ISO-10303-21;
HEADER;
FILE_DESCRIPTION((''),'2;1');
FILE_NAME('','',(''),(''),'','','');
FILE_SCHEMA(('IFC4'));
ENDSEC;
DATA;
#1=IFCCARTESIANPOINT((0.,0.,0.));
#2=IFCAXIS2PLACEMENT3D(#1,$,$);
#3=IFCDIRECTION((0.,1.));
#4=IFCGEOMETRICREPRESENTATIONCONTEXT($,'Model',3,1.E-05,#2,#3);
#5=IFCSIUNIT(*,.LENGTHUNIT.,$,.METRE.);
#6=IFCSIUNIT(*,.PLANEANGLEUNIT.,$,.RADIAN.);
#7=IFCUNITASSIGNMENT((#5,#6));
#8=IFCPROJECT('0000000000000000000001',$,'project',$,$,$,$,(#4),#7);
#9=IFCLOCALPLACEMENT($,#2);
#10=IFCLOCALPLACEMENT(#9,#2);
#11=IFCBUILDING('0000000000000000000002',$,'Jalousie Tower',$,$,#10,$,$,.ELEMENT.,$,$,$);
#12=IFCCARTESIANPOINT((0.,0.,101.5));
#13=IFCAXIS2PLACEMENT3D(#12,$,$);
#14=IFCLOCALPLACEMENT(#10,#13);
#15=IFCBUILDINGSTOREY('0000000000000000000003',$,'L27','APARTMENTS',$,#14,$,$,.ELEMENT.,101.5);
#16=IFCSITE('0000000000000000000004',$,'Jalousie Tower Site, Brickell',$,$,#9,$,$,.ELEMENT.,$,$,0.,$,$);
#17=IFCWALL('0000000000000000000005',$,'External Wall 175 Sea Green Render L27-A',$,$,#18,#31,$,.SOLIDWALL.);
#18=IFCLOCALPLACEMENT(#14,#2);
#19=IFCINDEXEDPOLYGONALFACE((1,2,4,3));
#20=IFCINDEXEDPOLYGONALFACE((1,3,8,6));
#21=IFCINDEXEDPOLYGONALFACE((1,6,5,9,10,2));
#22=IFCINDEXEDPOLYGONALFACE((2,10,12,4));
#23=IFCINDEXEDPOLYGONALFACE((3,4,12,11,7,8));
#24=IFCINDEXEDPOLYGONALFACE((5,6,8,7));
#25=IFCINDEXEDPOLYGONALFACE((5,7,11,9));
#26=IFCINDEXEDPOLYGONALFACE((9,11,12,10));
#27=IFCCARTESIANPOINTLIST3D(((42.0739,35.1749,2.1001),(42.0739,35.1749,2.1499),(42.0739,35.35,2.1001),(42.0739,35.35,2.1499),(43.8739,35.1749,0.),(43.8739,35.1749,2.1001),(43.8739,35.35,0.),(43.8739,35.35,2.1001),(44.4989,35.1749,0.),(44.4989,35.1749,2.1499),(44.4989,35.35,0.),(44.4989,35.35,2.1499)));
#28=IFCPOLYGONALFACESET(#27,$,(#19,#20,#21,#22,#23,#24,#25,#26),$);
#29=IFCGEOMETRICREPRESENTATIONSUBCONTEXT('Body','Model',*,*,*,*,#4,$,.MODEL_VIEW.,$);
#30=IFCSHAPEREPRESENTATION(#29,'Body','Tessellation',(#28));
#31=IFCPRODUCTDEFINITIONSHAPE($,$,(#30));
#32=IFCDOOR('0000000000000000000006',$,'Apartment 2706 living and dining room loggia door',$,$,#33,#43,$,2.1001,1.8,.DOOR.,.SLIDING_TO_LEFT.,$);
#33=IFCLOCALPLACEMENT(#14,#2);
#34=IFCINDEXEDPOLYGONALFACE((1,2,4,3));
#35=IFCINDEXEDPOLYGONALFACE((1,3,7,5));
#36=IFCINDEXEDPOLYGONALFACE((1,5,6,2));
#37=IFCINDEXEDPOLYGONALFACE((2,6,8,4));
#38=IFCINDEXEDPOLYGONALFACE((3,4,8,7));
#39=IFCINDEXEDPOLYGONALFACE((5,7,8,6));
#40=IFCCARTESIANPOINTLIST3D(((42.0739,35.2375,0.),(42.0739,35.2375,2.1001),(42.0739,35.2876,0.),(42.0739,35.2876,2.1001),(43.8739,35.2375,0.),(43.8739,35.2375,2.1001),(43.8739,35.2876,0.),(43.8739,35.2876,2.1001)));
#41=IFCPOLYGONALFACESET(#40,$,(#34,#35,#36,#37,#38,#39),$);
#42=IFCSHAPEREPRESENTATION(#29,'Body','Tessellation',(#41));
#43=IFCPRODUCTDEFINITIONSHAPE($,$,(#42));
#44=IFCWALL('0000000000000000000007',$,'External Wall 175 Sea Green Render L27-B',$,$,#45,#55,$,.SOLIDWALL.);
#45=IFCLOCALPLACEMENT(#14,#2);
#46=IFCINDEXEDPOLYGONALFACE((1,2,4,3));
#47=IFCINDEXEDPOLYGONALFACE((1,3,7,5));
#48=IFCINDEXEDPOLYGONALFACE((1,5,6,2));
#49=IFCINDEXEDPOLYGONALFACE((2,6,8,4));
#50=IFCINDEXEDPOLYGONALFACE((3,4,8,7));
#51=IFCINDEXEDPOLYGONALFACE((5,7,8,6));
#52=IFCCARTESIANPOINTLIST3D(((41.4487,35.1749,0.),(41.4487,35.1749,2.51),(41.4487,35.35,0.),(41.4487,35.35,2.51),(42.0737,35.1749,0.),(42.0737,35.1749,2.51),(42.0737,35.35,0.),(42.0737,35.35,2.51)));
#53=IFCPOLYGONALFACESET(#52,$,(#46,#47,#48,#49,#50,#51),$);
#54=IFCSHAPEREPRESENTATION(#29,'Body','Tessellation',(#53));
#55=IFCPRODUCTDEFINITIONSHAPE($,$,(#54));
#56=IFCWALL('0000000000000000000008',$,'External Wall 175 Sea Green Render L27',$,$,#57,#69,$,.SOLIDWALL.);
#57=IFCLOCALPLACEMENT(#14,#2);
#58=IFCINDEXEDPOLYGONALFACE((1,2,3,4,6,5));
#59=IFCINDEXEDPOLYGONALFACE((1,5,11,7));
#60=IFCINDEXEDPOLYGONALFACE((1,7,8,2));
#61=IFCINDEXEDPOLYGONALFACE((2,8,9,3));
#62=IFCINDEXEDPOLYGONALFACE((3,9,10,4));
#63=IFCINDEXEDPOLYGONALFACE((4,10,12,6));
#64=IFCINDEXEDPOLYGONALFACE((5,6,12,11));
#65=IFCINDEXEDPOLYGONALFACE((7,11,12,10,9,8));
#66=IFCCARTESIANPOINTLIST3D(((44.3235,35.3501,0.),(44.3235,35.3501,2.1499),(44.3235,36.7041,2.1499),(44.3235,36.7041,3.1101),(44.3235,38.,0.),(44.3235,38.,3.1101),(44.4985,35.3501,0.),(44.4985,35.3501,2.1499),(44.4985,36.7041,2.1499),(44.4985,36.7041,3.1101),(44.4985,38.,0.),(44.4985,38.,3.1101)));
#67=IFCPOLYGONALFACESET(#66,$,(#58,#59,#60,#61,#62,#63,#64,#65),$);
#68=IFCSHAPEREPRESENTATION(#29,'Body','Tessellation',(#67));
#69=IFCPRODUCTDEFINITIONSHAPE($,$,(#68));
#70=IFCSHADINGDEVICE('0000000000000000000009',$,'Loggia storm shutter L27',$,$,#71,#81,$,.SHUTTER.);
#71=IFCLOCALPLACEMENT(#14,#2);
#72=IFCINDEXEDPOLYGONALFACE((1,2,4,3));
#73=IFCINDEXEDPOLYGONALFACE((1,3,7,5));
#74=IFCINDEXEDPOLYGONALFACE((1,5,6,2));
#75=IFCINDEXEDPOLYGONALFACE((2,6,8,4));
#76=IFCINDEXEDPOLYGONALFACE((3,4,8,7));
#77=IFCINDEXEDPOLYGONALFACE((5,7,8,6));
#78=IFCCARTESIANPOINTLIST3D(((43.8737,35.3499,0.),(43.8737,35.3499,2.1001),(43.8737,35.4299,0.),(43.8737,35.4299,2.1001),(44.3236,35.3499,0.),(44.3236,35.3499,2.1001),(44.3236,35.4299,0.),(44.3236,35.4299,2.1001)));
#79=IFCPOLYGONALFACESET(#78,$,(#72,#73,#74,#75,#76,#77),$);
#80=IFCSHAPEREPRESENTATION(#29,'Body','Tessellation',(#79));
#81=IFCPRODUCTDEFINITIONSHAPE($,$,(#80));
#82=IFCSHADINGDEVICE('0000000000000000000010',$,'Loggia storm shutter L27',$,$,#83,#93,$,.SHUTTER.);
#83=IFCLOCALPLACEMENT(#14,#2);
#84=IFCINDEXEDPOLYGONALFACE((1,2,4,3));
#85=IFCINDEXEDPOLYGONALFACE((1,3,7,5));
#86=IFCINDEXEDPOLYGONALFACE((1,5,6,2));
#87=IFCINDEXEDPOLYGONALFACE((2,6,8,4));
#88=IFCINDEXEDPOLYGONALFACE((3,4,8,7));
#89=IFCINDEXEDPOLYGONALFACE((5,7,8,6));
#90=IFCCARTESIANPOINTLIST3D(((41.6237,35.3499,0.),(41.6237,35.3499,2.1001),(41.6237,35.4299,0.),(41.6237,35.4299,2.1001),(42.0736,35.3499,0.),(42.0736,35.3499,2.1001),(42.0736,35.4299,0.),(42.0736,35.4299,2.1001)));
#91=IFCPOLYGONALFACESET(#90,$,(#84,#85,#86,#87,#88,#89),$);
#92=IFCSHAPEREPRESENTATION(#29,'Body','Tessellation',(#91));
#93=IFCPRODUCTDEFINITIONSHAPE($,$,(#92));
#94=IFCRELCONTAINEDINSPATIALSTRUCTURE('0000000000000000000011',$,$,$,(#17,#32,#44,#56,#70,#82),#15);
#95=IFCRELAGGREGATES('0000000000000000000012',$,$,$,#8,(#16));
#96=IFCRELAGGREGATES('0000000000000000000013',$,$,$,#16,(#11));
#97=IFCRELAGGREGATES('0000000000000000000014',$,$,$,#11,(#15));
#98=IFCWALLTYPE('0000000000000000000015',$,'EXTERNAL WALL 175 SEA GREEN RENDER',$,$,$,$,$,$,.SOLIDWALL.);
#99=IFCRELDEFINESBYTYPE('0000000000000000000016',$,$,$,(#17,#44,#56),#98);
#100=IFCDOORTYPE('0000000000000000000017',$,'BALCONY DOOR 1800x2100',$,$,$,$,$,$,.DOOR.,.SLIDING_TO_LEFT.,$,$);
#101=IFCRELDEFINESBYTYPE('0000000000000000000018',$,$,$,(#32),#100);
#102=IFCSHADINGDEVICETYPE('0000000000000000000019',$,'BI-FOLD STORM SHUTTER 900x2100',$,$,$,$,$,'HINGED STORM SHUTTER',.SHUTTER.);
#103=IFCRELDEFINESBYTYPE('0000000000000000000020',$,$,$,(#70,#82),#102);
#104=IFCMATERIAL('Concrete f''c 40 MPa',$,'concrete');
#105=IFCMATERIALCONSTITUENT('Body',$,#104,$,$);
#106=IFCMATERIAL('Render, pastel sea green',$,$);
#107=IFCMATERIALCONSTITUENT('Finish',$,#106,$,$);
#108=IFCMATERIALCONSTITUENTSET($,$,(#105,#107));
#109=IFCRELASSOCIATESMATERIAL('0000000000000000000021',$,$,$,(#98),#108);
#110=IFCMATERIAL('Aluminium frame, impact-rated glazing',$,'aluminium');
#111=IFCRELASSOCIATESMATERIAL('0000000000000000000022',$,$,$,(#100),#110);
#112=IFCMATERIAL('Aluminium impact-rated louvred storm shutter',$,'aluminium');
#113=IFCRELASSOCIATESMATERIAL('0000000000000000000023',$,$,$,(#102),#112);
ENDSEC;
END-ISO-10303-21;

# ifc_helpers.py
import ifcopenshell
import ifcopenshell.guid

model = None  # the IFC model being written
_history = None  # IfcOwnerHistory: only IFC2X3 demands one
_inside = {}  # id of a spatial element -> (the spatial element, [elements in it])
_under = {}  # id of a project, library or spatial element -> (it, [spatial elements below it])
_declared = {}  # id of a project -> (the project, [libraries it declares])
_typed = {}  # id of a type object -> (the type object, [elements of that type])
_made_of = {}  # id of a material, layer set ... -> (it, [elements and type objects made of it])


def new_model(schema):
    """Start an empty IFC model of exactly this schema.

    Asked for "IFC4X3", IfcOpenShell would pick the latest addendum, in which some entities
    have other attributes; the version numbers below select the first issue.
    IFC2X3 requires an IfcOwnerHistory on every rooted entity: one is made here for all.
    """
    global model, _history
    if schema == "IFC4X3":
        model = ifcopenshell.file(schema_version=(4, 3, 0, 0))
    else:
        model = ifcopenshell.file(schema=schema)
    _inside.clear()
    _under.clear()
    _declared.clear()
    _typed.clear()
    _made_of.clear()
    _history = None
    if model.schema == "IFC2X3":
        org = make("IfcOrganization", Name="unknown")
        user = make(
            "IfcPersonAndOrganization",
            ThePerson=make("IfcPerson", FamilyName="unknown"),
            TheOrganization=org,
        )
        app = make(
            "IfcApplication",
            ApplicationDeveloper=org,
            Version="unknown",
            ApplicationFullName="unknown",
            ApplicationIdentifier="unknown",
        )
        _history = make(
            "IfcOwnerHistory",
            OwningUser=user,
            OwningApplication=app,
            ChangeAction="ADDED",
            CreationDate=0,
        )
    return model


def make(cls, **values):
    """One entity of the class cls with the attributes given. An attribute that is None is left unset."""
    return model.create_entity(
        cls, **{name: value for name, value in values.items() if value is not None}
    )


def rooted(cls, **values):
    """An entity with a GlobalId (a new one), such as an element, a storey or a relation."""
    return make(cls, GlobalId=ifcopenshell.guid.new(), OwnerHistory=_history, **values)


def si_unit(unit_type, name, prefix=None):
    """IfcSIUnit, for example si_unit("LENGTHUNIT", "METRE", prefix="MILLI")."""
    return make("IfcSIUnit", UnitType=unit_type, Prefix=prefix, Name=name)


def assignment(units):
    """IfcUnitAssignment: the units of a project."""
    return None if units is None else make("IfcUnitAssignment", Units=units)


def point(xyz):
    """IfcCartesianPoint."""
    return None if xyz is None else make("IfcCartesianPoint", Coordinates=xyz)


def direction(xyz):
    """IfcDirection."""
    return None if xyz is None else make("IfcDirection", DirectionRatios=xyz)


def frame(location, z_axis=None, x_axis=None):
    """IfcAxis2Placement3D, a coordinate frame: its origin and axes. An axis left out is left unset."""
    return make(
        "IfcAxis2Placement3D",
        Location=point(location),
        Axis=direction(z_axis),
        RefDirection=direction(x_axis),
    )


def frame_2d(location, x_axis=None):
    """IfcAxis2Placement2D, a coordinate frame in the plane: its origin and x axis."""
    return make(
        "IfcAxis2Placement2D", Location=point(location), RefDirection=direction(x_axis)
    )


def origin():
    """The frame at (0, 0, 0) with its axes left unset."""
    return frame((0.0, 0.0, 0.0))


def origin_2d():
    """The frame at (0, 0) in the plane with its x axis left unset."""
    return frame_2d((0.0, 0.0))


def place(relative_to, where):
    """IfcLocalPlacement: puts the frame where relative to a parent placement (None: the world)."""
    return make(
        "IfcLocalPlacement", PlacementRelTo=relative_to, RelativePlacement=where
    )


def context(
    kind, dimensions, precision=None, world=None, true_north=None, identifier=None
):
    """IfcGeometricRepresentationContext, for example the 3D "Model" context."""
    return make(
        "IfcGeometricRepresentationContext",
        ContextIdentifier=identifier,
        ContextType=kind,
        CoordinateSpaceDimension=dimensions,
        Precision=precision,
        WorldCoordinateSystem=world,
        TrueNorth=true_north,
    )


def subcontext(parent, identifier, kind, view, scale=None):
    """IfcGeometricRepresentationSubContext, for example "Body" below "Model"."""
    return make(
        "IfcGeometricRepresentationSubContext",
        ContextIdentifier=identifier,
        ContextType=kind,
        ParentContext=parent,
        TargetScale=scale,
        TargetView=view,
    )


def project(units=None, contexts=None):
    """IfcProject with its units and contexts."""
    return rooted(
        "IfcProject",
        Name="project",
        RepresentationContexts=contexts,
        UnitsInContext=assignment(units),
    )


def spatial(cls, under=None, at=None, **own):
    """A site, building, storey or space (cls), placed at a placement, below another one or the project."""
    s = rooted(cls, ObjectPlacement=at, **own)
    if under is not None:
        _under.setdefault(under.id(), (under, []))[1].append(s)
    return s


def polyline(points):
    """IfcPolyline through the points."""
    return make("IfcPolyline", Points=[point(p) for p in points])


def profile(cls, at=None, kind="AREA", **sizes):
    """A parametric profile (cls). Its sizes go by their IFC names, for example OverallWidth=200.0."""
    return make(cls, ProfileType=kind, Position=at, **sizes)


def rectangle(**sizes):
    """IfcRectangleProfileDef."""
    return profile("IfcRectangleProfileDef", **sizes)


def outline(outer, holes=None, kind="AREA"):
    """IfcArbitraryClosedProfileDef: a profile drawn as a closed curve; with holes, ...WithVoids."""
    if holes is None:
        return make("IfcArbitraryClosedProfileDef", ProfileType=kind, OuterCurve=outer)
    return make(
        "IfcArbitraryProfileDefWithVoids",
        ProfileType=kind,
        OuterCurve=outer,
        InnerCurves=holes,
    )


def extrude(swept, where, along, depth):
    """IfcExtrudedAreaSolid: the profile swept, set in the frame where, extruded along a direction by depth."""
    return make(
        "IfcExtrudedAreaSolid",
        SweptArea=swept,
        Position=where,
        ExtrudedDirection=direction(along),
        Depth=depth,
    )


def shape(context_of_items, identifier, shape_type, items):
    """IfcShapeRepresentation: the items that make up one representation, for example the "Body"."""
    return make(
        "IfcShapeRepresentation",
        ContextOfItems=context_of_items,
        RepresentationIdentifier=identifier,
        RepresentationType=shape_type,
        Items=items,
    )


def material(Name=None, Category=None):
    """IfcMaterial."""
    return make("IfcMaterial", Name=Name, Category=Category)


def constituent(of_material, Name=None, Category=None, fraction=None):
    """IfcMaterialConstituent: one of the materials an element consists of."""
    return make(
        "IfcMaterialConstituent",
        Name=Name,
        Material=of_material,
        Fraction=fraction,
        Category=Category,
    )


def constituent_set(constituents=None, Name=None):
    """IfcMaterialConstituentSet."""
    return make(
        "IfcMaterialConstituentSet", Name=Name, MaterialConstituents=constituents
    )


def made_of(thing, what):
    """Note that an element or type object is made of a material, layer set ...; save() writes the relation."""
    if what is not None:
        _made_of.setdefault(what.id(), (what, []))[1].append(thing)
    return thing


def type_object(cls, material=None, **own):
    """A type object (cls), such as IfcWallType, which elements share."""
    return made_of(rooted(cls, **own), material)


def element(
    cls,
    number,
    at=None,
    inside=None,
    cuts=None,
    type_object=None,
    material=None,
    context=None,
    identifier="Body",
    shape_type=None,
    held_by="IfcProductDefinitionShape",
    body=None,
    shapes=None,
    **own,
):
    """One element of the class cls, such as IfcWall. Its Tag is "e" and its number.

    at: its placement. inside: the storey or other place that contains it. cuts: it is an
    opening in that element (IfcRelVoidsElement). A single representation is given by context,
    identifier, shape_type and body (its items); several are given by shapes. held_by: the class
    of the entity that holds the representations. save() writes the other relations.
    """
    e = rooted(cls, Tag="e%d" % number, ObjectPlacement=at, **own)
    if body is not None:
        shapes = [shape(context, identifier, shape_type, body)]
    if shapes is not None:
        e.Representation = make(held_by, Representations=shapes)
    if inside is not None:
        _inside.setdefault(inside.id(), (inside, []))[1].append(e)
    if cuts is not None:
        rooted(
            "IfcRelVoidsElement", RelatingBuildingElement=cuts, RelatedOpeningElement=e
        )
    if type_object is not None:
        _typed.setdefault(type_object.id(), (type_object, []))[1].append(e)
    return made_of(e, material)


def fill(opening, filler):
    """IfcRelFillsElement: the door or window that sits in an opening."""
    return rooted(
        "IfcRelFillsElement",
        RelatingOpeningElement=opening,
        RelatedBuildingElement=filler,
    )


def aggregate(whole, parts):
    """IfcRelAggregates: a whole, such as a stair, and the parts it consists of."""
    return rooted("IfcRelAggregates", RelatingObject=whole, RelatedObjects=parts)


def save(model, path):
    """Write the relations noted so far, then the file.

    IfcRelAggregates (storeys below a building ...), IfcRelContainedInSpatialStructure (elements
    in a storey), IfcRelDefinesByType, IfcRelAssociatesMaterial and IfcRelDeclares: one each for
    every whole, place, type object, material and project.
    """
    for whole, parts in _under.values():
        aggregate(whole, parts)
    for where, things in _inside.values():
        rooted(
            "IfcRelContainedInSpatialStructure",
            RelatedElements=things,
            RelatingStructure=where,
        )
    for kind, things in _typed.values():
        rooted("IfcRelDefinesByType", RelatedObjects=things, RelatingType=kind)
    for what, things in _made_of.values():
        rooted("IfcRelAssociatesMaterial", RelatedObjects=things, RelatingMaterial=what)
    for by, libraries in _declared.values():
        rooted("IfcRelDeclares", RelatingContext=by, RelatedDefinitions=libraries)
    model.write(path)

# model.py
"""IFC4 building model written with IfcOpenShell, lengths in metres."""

from ifc_helpers import new_model, si_unit, direction, frame, frame_2d, origin, origin_2d, place, context, subcontext, project, spatial, polyline, rectangle, outline, extrude, material, constituent, constituent_set, type_object, element, fill, save


model = new_model("IFC4")

# Units and contexts
model_context = context("Model", 3, precision=1e-05, world=origin(), true_north=direction((0.0, 1.0)))
body_context = subcontext(model_context, "Body", "Model", "MODEL_VIEW")
ifc_project = project(units=[si_unit("LENGTHUNIT", "METRE"), si_unit("PLANEANGLEUNIT", "RADIAN")], contexts=[model_context])

# Site, building, storey
site_placement = place(None, origin())
site = spatial("IfcSite", under=ifc_project, at=site_placement, Name="Jalousie Tower Site, Brickell", CompositionType="ELEMENT", RefElevation=0.0)
building_placement = place(site_placement, origin())
building = spatial("IfcBuilding", under=site, at=building_placement, Name="Jalousie Tower", CompositionType="ELEMENT")
storey_placement = place(building_placement, frame((0.0, 0.0, 101.5)))
storey = spatial("IfcBuildingStorey", under=building, at=storey_placement, Name="L27", Description="APARTMENTS", CompositionType="ELEMENT", Elevation=101.5)

# Shared definitions
ifc_material_1 = material(Name="Concrete f'c 40 MPa", Category="concrete")
ifc_constituent_1 = constituent(ifc_material_1, Name="Body")
ifc_material_2 = material(Name="Render, pastel sea green")
ifc_constituent_2 = constituent(ifc_material_2, Name="Finish")
ifc_constituent_set = constituent_set(constituents=[ifc_constituent_1, ifc_constituent_2])
wall_type = type_object("IfcWallType", Name="EXTERNAL WALL 175 SEA GREEN RENDER", PredefinedType="SOLIDWALL", material=ifc_constituent_set)

# Wall, opening, door
wall_1_placement = place(storey_placement, frame((44.4988, 35.2625, 0.0), z_axis=(0.0, 0.0, 1.0), x_axis=(-1.0, 0.0, 0.0)))
wall_1 = element("IfcWall", 1, at=wall_1_placement, inside=storey, type_object=wall_type, Name="External Wall 175 Sea Green Render L27-A", PredefinedType="SOLIDWALL", context=body_context, shape_type="SweptSolid", body=[
    extrude(rectangle(XDim=2.425, YDim=0.175, at=frame_2d((1.2124, 0.0))), origin(), (0.0, 0.0, 1.0), 2.1499),
])
opening_placement = place(wall_1_placement, frame((0.625, 0.0, 0.0)))
opening = element("IfcOpeningElement", 2, at=opening_placement, cuts=wall_1, PredefinedType="OPENING", context=body_context, shape_type="SweptSolid", body=[
    extrude(rectangle(XDim=1.8, YDim=2.1001, at=frame_2d((0.8999, 1.05))), frame((0.0, 0.0974, 0.0), z_axis=(0.0, -1.0, 0.0), x_axis=(1.0, 0.0, 0.0)), (0.0, 0.0, 1.0), 0.1951),
])
ifc_material_3 = material(Name="Aluminium frame, impact-rated glazing", Category="aluminium")
door_type = type_object("IfcDoorType", Name="BALCONY DOOR 1800x2100", OperationType="SLIDING_TO_LEFT", PredefinedType="DOOR", material=ifc_material_3)
door_placement = place(opening_placement, origin())
door = element("IfcDoor", 3, at=door_placement, inside=storey, type_object=door_type, Name="Apartment 2706 living and dining room loggia door", OperationType="SLIDING_TO_LEFT", OverallHeight=2.1001, OverallWidth=1.8, PredefinedType="DOOR", context=body_context, shape_type="SweptSolid", body=[
    extrude(rectangle(XDim=1.8, YDim=2.1001, at=frame_2d((0.8999, 1.05))), frame((0.0, 0.0249, 0.0), z_axis=(0.0, -1.0, 0.0), x_axis=(1.0, 0.0, 0.0)), (0.0, 0.0, 1.0), 0.05),
])
fill(opening, door)

# Walls
wall_2_placement = place(storey_placement, frame((42.0737, 35.2625, 0.0), z_axis=(0.0, 0.0, 1.0), x_axis=(-1.0, 0.0, 0.0)))
element("IfcWall", 4, at=wall_2_placement, inside=storey, type_object=wall_type, Name="External Wall 175 Sea Green Render L27-B", PredefinedType="SOLIDWALL", context=body_context, shape_type="SweptSolid", body=[
    extrude(rectangle(XDim=0.625, YDim=0.175, at=frame_2d((0.3125, 0.0))), origin(), (0.0, 0.0, 1.0), 2.51),
])
wall_3_placement = place(storey_placement, frame((44.4111, 38.0, 0.0), z_axis=(0.0, 0.0, 1.0), x_axis=(0.0, -1.0, 0.0)))
element("IfcWall", 5, at=wall_3_placement, inside=storey, type_object=wall_type, Name="External Wall 175 Sea Green Render L27", PredefinedType="SOLIDWALL", context=body_context, shape_type="SweptSolid", body=[
    extrude(outline(polyline([(0.0, 0.0), (2.6499, 0.0), (2.6499, 2.1499), (1.2959, 2.1499), (1.2959, 3.1101), (0.0, 3.1101), (0.0, 0.0)])), frame((0.0, 0.0874, 0.0), z_axis=(0.0, -1.0, 0.0), x_axis=(1.0, 0.0, 0.0)), (0.0, 0.0, 1.0), 0.175),
])

# Shading devices
ifc_material_4 = material(Name="Aluminium impact-rated louvred storm shutter", Category="aluminium")
shading_device_type_1 = type_object("IfcShadingDeviceType", Name="BI-FOLD STORM SHUTTER 900x2100", ElementType="HINGED STORM SHUTTER", PredefinedType="SHUTTER", material=ifc_material_4)
for number, where, z_axis, x_axis, name in (
    (6, (44.0986, 35.3899, 0.0), (0.0, 0.0, 1.0), (-1.0, 0.0, 0.0), "Loggia storm shutter L27"),
    (7, (41.8486, 35.3899, 0.0), (0.0, 0.0, 1.0), (-1.0, 0.0, 0.0), "Loggia storm shutter L27"),
):
    element("IfcShadingDevice", number, at=place(storey_placement, frame(where, z_axis=z_axis, x_axis=x_axis)), inside=storey, type_object=shading_device_type_1, Name=name, PredefinedType="SHUTTER", context=body_context, shape_type="SweptSolid", body=[
        extrude(rectangle(XDim=0.45, YDim=0.0801, at=origin_2d()), origin(), (0.0, 0.0, 1.0), 2.1001),
    ])

save(model, "model.ifc")
